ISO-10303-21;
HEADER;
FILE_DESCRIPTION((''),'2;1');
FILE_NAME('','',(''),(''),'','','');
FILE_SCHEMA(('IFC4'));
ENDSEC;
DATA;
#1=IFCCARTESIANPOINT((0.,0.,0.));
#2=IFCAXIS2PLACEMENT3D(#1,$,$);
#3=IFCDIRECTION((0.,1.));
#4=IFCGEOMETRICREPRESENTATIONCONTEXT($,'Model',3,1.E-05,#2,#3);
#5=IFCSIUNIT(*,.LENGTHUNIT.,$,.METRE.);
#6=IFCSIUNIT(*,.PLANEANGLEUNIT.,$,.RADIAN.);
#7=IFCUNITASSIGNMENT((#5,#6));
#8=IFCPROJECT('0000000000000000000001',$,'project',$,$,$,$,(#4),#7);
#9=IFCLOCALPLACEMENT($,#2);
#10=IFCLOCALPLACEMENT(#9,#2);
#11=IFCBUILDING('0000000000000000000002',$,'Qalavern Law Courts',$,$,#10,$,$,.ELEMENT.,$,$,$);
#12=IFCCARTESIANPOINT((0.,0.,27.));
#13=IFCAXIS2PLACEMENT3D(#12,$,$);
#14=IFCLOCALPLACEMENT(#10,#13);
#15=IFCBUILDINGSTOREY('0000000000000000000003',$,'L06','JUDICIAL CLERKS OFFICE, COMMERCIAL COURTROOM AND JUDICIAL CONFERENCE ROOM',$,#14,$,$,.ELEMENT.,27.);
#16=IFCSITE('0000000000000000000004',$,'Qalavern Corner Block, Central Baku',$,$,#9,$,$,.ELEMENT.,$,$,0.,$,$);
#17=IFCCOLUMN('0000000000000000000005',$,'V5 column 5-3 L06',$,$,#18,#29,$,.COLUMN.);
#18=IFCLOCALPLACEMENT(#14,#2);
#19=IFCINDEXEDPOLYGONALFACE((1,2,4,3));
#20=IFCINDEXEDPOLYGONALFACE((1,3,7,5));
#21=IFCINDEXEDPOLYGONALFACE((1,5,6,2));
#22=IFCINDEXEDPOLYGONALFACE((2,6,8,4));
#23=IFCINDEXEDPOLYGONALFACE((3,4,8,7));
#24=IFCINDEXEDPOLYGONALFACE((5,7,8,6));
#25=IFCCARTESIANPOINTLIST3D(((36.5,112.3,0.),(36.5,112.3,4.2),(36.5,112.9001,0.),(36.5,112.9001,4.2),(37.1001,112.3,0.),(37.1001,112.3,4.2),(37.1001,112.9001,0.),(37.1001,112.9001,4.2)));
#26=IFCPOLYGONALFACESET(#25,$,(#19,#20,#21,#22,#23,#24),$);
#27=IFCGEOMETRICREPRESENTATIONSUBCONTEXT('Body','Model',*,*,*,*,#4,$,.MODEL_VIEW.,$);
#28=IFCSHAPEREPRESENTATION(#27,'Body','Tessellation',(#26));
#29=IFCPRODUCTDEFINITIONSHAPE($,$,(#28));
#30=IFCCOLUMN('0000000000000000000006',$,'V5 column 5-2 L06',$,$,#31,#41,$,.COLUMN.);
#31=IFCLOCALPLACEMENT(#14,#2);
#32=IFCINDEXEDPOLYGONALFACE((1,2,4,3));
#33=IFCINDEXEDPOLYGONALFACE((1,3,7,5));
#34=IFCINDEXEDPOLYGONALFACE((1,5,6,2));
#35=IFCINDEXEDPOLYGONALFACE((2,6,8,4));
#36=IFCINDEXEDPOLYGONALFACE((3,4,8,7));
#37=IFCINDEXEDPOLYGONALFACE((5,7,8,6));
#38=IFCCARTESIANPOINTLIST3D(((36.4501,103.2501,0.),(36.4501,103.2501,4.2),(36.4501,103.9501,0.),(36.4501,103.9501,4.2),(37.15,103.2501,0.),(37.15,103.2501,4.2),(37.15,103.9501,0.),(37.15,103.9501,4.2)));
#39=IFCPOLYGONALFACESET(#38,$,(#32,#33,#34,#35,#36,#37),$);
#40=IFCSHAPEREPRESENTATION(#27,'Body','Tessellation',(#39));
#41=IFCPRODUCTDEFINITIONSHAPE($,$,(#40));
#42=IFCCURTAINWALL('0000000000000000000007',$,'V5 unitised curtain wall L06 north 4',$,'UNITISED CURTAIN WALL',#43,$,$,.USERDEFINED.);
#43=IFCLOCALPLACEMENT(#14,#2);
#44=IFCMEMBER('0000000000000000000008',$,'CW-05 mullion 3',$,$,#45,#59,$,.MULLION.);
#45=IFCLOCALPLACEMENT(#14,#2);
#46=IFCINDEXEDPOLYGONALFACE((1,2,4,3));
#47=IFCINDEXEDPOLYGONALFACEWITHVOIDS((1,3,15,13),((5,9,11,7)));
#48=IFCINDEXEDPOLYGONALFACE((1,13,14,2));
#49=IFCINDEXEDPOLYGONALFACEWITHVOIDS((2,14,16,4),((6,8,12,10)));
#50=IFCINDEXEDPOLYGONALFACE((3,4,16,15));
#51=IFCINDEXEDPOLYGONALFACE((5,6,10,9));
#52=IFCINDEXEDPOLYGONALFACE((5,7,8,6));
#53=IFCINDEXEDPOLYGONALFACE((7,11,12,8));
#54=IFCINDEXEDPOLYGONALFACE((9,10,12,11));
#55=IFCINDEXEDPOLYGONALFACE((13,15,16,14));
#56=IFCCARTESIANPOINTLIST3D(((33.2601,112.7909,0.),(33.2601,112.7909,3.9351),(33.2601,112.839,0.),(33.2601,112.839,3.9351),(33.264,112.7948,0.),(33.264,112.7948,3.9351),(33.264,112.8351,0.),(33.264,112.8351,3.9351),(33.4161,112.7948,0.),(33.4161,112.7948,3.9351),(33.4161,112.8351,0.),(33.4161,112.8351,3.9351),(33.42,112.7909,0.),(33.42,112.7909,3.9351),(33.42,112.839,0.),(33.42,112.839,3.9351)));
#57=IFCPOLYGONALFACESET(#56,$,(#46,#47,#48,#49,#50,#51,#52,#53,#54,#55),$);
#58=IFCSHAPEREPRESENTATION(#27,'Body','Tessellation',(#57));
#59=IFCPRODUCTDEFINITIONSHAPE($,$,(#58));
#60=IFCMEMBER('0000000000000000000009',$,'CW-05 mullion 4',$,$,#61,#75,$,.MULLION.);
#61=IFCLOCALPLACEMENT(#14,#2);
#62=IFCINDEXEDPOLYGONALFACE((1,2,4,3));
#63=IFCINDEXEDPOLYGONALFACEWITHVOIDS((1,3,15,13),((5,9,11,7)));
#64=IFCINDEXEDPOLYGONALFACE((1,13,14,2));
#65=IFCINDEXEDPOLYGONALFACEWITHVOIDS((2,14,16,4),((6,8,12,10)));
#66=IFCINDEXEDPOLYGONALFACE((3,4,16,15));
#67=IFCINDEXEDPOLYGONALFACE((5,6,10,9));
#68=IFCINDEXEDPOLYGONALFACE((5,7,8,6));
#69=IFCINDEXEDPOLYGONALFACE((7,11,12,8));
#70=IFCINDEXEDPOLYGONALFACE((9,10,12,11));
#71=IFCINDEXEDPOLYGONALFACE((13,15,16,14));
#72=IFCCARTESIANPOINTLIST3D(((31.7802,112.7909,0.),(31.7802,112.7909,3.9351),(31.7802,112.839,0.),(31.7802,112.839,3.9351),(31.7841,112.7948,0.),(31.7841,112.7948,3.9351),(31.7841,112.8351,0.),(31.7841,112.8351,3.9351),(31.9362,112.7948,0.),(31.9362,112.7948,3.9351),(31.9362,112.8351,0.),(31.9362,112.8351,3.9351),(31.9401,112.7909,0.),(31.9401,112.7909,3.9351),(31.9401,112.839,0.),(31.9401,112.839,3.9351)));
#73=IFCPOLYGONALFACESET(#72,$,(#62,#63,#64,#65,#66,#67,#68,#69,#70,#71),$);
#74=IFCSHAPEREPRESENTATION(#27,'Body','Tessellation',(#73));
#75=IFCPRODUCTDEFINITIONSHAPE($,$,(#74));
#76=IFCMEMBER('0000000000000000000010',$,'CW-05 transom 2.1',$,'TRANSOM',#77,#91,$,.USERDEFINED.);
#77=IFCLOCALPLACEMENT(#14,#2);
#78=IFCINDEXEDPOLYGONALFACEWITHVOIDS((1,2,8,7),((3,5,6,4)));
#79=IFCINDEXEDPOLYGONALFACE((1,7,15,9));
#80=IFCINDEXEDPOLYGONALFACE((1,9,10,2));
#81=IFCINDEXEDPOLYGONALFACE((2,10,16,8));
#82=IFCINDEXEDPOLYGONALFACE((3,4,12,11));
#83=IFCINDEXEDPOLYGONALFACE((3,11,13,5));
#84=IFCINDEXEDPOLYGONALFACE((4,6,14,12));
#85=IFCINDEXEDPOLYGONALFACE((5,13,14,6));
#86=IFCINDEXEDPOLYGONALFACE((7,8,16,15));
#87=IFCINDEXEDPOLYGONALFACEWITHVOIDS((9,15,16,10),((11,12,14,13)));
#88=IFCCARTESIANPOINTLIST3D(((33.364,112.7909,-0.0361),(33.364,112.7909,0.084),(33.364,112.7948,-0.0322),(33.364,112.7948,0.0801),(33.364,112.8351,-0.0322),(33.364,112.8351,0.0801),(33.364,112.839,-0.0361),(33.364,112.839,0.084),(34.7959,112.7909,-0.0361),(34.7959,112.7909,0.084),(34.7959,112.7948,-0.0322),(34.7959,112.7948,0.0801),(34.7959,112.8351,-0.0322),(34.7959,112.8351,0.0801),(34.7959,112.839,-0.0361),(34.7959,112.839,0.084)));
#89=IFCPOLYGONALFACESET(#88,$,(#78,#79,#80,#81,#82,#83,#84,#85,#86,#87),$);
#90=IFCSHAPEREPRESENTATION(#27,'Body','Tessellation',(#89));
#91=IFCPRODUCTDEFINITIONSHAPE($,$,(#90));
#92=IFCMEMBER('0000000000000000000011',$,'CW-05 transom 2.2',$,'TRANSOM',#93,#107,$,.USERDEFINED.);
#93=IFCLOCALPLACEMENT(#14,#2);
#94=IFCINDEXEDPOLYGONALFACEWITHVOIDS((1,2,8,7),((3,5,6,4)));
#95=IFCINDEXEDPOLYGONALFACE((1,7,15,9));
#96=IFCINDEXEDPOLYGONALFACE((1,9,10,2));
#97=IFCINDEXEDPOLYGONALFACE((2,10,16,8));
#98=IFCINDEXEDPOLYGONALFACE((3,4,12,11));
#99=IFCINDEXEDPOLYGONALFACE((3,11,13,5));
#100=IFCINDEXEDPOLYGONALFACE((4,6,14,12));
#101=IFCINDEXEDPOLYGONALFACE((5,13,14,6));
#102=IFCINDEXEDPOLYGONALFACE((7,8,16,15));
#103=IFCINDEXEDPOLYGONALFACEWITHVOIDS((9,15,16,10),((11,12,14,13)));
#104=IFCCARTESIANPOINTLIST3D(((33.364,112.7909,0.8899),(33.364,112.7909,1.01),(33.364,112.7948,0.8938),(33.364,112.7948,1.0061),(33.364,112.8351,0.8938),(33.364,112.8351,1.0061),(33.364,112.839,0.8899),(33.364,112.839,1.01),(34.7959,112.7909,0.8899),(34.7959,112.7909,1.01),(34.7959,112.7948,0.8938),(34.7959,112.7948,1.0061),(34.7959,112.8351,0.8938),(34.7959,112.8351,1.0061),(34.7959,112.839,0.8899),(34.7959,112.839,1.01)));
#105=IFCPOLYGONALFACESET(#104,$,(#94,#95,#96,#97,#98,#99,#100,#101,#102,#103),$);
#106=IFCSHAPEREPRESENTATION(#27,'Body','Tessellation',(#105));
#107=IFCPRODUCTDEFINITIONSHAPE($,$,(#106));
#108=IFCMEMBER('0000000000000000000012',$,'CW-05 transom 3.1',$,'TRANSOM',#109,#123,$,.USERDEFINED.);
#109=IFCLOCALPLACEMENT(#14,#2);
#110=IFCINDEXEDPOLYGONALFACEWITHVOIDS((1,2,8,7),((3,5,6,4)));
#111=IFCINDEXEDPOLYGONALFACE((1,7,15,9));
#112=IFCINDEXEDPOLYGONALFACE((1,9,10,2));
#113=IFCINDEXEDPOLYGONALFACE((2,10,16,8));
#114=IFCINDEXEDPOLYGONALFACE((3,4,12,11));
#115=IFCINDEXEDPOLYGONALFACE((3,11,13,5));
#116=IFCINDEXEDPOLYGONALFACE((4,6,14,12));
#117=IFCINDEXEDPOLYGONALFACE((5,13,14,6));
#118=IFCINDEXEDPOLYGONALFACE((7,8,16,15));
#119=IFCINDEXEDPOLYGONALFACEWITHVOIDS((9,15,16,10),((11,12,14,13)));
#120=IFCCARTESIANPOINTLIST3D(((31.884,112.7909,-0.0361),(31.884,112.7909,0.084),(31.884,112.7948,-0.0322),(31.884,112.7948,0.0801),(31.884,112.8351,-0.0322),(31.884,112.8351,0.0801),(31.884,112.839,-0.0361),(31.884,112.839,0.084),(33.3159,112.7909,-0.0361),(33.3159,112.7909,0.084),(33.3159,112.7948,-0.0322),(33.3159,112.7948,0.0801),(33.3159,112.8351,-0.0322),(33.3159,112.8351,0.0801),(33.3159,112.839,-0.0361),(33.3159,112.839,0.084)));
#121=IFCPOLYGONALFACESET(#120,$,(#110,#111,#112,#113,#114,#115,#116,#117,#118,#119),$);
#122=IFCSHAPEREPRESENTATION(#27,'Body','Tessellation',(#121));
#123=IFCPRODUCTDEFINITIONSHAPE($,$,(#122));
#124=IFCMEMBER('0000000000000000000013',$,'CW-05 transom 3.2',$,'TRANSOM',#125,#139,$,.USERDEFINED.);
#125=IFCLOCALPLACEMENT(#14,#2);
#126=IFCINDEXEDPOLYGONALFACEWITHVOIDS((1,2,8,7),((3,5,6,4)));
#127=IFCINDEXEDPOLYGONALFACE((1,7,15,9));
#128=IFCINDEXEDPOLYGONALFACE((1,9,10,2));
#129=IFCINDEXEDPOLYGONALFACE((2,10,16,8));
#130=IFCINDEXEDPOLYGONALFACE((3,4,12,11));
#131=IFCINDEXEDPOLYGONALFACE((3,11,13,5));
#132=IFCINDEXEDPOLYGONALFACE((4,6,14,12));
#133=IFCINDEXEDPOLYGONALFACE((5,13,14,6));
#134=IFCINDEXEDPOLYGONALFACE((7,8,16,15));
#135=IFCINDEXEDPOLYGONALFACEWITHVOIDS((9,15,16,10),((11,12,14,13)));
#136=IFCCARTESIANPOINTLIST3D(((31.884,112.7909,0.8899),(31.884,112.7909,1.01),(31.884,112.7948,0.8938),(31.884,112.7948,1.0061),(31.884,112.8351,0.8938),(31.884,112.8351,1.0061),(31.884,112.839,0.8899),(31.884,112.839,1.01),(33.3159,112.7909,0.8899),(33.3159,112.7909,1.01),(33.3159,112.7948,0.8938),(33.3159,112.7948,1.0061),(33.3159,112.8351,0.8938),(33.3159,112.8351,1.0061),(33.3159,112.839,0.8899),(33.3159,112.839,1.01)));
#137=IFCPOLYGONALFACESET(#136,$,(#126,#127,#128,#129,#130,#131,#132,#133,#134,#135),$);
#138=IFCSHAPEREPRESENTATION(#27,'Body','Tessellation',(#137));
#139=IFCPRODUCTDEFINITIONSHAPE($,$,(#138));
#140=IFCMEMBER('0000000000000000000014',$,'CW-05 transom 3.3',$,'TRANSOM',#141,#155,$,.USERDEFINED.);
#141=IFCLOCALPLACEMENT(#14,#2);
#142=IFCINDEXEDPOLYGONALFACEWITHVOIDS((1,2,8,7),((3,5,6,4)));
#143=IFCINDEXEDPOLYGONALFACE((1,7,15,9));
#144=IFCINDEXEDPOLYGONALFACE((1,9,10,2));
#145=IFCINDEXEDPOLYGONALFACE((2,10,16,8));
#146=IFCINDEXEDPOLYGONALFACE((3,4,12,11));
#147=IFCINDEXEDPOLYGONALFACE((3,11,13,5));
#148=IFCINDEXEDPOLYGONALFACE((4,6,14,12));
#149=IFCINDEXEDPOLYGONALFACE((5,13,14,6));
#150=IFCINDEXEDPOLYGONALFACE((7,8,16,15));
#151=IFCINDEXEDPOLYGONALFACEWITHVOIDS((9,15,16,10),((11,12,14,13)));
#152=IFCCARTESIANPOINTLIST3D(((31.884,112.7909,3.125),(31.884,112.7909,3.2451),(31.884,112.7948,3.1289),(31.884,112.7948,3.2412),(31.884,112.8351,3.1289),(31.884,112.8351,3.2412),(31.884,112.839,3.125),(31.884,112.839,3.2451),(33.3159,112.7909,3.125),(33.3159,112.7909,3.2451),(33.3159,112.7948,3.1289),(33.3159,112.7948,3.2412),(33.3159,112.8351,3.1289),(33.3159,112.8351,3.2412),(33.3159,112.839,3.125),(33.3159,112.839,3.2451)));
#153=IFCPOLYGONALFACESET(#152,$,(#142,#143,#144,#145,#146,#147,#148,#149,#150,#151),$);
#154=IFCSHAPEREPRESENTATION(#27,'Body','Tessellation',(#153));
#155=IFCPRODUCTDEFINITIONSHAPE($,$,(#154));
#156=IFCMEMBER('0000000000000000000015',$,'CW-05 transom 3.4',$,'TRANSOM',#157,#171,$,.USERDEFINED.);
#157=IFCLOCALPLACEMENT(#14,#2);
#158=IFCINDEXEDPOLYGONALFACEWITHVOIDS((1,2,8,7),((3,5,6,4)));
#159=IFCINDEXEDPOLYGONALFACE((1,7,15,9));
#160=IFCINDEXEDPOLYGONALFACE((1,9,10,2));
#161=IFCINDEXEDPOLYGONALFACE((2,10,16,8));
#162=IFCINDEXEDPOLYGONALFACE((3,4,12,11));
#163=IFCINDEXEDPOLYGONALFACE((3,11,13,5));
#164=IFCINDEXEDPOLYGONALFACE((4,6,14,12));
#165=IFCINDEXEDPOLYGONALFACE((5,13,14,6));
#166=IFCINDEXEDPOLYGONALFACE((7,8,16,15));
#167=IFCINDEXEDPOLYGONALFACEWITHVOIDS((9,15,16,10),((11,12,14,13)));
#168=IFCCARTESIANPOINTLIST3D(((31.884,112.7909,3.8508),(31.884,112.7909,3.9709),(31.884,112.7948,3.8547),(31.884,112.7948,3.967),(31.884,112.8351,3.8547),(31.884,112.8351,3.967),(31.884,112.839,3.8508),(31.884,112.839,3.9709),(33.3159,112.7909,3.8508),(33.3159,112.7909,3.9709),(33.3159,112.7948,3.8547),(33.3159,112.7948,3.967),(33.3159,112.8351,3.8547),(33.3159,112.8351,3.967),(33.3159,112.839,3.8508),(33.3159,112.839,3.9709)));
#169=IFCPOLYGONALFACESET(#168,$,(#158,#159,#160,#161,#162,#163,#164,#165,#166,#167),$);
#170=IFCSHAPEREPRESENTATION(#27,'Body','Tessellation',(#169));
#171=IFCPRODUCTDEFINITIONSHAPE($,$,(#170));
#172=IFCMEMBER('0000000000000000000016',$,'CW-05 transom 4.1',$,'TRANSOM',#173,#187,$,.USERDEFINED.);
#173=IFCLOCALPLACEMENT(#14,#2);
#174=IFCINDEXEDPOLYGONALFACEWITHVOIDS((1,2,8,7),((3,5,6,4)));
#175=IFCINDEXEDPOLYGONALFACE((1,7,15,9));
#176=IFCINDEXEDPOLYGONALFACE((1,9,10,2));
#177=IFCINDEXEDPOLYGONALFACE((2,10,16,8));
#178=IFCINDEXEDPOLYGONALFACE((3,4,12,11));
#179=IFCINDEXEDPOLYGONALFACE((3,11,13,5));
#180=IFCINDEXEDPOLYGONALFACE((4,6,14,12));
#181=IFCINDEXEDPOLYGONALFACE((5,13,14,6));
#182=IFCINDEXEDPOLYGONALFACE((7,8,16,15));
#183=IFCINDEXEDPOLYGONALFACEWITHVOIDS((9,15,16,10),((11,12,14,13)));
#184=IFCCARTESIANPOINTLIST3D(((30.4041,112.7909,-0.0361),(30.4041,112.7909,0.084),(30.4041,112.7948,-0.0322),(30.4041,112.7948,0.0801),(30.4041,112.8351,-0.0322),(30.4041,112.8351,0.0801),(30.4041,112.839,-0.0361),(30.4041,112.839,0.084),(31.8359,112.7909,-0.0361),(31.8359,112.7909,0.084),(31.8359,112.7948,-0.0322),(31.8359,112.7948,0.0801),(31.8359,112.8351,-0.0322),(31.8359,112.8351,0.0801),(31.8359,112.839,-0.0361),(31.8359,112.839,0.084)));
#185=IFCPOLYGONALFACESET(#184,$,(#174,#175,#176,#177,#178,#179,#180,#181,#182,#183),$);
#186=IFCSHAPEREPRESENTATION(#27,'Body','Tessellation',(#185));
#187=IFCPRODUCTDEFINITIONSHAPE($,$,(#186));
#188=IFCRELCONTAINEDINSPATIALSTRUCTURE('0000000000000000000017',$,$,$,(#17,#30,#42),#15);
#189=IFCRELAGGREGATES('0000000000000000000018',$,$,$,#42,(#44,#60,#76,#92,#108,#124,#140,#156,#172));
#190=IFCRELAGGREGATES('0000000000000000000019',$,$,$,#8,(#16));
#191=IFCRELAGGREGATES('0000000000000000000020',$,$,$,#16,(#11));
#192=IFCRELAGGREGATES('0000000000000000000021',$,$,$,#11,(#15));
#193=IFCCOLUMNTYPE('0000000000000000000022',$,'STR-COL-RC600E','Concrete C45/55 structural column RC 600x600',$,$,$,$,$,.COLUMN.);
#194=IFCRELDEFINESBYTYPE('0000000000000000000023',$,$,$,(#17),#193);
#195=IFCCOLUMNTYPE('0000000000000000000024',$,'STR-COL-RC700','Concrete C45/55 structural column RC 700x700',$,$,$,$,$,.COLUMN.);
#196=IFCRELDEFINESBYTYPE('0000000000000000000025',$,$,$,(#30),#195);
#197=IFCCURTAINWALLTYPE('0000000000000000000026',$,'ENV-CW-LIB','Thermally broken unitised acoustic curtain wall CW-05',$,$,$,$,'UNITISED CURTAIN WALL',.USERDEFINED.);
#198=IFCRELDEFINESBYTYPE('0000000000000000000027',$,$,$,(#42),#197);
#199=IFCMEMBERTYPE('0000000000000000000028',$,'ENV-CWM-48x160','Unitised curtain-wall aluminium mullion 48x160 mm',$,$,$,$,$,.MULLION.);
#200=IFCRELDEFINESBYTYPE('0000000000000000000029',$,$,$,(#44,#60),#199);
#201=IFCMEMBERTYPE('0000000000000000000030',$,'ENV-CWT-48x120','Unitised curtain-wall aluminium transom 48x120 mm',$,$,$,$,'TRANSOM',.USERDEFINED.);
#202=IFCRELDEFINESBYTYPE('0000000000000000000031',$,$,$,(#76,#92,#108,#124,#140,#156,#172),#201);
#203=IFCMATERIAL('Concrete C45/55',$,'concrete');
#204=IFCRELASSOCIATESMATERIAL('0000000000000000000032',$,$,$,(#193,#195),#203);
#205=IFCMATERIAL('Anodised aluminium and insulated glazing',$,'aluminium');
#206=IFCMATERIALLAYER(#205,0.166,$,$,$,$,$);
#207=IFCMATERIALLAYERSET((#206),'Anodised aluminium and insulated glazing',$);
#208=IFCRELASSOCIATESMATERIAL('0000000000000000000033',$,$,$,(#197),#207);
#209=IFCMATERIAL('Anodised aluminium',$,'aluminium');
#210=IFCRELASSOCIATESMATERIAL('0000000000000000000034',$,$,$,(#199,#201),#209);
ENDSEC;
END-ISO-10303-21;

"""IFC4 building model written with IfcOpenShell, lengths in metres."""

from ifc_helpers import new_model, si_unit, direction, frame, origin, origin_2d, place, context, subcontext, project, spatial, rectangle, hollow_rectangle, extrude, material, layer, layer_set, material_profile, profile_set, type_object, element, aggregate, save


model = new_model("IFC4")

# Units and contexts
model_context = context("Model", 3, precision=1e-05, world=origin(), true_north=direction((0.0, 1.0)))
body_context = subcontext(model_context, "Body", "Model", "MODEL_VIEW")
ifc_project = project(units=[si_unit("LENGTHUNIT", "METRE"), si_unit("PLANEANGLEUNIT", "RADIAN")], contexts=[model_context])

# Site, building, storey
site_placement = place(None, origin())
site = spatial("IfcSite", under=ifc_project, at=site_placement, Name="Qalavern Corner Block, Central Baku", CompositionType="ELEMENT", RefElevation=0.0)
building_placement = place(site_placement, origin())
building = spatial("IfcBuilding", under=site, at=building_placement, Name="Qalavern Law Courts", CompositionType="ELEMENT")
storey_placement = place(building_placement, frame((0.0, 0.0, 27.0)))
storey = spatial("IfcBuildingStorey", under=building, at=storey_placement, Name="L06", Description="JUDICIAL CLERKS OFFICE, COMMERCIAL COURTROOM AND JUDICIAL CONFERENCE ROOM", CompositionType="ELEMENT", Elevation=27.0)

# Columns
ifc_material_1 = material(Name="Concrete C45/55", Category="concrete")
ifc_material_profile_1 = material_profile(ifc_material_1, rectangle(XDim=0.6001, YDim=0.6001, at=origin_2d()), Name="RC 600x600")
ifc_profile_set_1 = profile_set([ifc_material_profile_1], Name="Concrete C45/55")
column_type_1 = type_object("IfcColumnType", Name="STR-COL-RC600E", Description="Concrete C45/55 structural column RC 600x600", PredefinedType="COLUMN", material=ifc_profile_set_1)
column_1_placement = place(storey_placement, frame((36.8, 112.6001, 0.0), z_axis=(0.0, 0.0, 1.0), x_axis=(1.0, 0.0, 0.0)))
element("IfcColumn", 1, at=column_1_placement, inside=storey, type_object=column_type_1, Name="V5 column 5-3 L06", PredefinedType="COLUMN", context=body_context, shape_type="SweptSolid", body=[
    extrude(rectangle(XDim=0.6001, YDim=0.6001, at=origin_2d()), origin(), (0.0, 0.0, 1.0), 4.2),
])
ifc_material_profile_2 = material_profile(ifc_material_1, rectangle(XDim=0.7, YDim=0.7, at=origin_2d()), Name="RC 700x700")
ifc_profile_set_2 = profile_set([ifc_material_profile_2], Name="Concrete C45/55")
column_type_2 = type_object("IfcColumnType", Name="STR-COL-RC700", Description="Concrete C45/55 structural column RC 700x700", PredefinedType="COLUMN", material=ifc_profile_set_2)
column_2_placement = place(storey_placement, frame((36.8, 103.6001, 0.0), z_axis=(0.0, 0.0, 1.0), x_axis=(1.0, 0.0, 0.0)))
element("IfcColumn", 2, at=column_2_placement, inside=storey, type_object=column_type_2, Name="V5 column 5-2 L06", PredefinedType="COLUMN", context=body_context, shape_type="SweptSolid", body=[
    extrude(rectangle(XDim=0.7, YDim=0.7, at=origin_2d()), origin(), (0.0, 0.0, 1.0), 4.2),
])

# Curtain wall, members
ifc_material_2 = material(Name="Anodised aluminium and insulated glazing", Category="aluminium")
ifc_layer_1 = layer(ifc_material_2, 0.166)
ifc_layer_set_1 = layer_set([ifc_layer_1], Name="Anodised aluminium and insulated glazing")
curtain_wall_type = type_object("IfcCurtainWallType", Name="ENV-CW-LIB", Description="Thermally broken unitised acoustic curtain wall CW-05", ElementType="UNITISED CURTAIN WALL", PredefinedType="USERDEFINED", material=ifc_layer_set_1)
curtain_wall_placement = place(storey_placement, origin())
curtain_wall = element("IfcCurtainWall", 3, at=curtain_wall_placement, inside=storey, type_object=curtain_wall_type, Name="V5 unitised curtain wall L06 north 4", ObjectType="UNITISED CURTAIN WALL", PredefinedType="USERDEFINED")
ifc_material_3 = material(Name="Anodised aluminium", Category="aluminium")
ifc_material_profile_3 = material_profile(ifc_material_3, hollow_rectangle(XDim=0.0481, YDim=0.1599, WallThickness=0.0039, at=origin_2d()), Name="ALU MULLION 48x160")
ifc_profile_set_3 = profile_set([ifc_material_profile_3], Name="Anodised aluminium")
member_type_1 = type_object("IfcMemberType", Name="ENV-CWM-48x160", Description="Unitised curtain-wall aluminium mullion 48x160 mm", PredefinedType="MULLION", material=ifc_profile_set_3)
member_1_placement = place(storey_placement, frame((33.3401, 112.8149, 0.0), z_axis=(0.0, 0.0, 1.0), x_axis=(0.0, -1.0, 0.0)))
member_1 = element("IfcMember", 4, at=member_1_placement, type_object=member_type_1, Name="CW-05 mullion 3", PredefinedType="MULLION", context=body_context, shape_type="SweptSolid", body=[
    extrude(hollow_rectangle(XDim=0.0481, YDim=0.1599, WallThickness=0.0039, at=origin_2d()), origin(), (0.0, 0.0, 1.0), 3.9351),
])
member_2_placement = place(storey_placement, frame((31.8601, 112.8149, 0.0), z_axis=(0.0, 0.0, 1.0), x_axis=(0.0, -1.0, 0.0)))
member_2 = element("IfcMember", 5, at=member_2_placement, type_object=member_type_1, Name="CW-05 mullion 4", PredefinedType="MULLION", context=body_context, shape_type="SweptSolid", body=[
    extrude(hollow_rectangle(XDim=0.0481, YDim=0.1599, WallThickness=0.0039, at=origin_2d()), origin(), (0.0, 0.0, 1.0), 3.9351),
])
ifc_material_profile_4 = material_profile(ifc_material_3, hollow_rectangle(XDim=0.0481, YDim=0.1201, WallThickness=0.0039, at=origin_2d()), Name="ALU TRANSOM 48x120")
ifc_profile_set_4 = profile_set([ifc_material_profile_4], Name="Anodised aluminium")
member_type_2 = type_object("IfcMemberType", Name="ENV-CWT-48x120", Description="Unitised curtain-wall aluminium transom 48x120 mm", ElementType="TRANSOM", PredefinedType="USERDEFINED", material=ifc_profile_set_4)
member_3_placement = place(storey_placement, frame((34.7959, 112.8149, 0.0239), z_axis=(-1.0, 0.0, 0.0), x_axis=(0.0, -1.0, 0.0)))
member_3 = element("IfcMember", 6, at=member_3_placement, type_object=member_type_2, Name="CW-05 transom 2.1", ObjectType="TRANSOM", PredefinedType="USERDEFINED", context=body_context, shape_type="SweptSolid", body=[
    extrude(hollow_rectangle(XDim=0.0481, YDim=0.1201, WallThickness=0.0039, at=origin_2d()), origin(), (0.0, 0.0, 1.0), 1.4319),
])
member_4_placement = place(storey_placement, frame((34.7959, 112.8149, 0.95), z_axis=(-1.0, 0.0, 0.0), x_axis=(0.0, -1.0, 0.0)))
member_4 = element("IfcMember", 7, at=member_4_placement, type_object=member_type_2, Name="CW-05 transom 2.2", ObjectType="TRANSOM", PredefinedType="USERDEFINED", context=body_context, shape_type="SweptSolid", body=[
    extrude(hollow_rectangle(XDim=0.0481, YDim=0.1201, WallThickness=0.0039, at=origin_2d()), origin(), (0.0, 0.0, 1.0), 1.4319),
])
member_5_placement = place(storey_placement, frame((33.3159, 112.8149, 0.0239), z_axis=(-1.0, 0.0, 0.0), x_axis=(0.0, -1.0, 0.0)))
member_5 = element("IfcMember", 8, at=member_5_placement, type_object=member_type_2, Name="CW-05 transom 3.1", ObjectType="TRANSOM", PredefinedType="USERDEFINED", context=body_context, shape_type="SweptSolid", body=[
    extrude(hollow_rectangle(XDim=0.0481, YDim=0.1201, WallThickness=0.0039, at=origin_2d()), origin(), (0.0, 0.0, 1.0), 1.4319),
])
member_6_placement = place(storey_placement, frame((33.3159, 112.8149, 0.95), z_axis=(-1.0, 0.0, 0.0), x_axis=(0.0, -1.0, 0.0)))
member_6 = element("IfcMember", 9, at=member_6_placement, type_object=member_type_2, Name="CW-05 transom 3.2", ObjectType="TRANSOM", PredefinedType="USERDEFINED", context=body_context, shape_type="SweptSolid", body=[
    extrude(hollow_rectangle(XDim=0.0481, YDim=0.1201, WallThickness=0.0039, at=origin_2d()), origin(), (0.0, 0.0, 1.0), 1.4319),
])
member_7_placement = place(storey_placement, frame((33.3159, 112.8149, 3.1851), z_axis=(-1.0, 0.0, 0.0), x_axis=(0.0, -1.0, 0.0)))
member_7 = element("IfcMember", 10, at=member_7_placement, type_object=member_type_2, Name="CW-05 transom 3.3", ObjectType="TRANSOM", PredefinedType="USERDEFINED", context=body_context, shape_type="SweptSolid", body=[
    extrude(hollow_rectangle(XDim=0.0481, YDim=0.1201, WallThickness=0.0039, at=origin_2d()), origin(), (0.0, 0.0, 1.0), 1.4319),
])
member_8_placement = place(storey_placement, frame((33.3159, 112.8149, 3.9109), z_axis=(-1.0, 0.0, 0.0), x_axis=(0.0, -1.0, 0.0)))
member_8 = element("IfcMember", 11, at=member_8_placement, type_object=member_type_2, Name="CW-05 transom 3.4", ObjectType="TRANSOM", PredefinedType="USERDEFINED", context=body_context, shape_type="SweptSolid", body=[
    extrude(hollow_rectangle(XDim=0.0481, YDim=0.1201, WallThickness=0.0039, at=origin_2d()), origin(), (0.0, 0.0, 1.0), 1.4319),
])
member_9_placement = place(storey_placement, frame((31.8359, 112.8149, 0.0239), z_axis=(-1.0, 0.0, 0.0), x_axis=(0.0, -1.0, 0.0)))
member_9 = element("IfcMember", 12, at=member_9_placement, type_object=member_type_2, Name="CW-05 transom 4.1", ObjectType="TRANSOM", PredefinedType="USERDEFINED", context=body_context, shape_type="SweptSolid", body=[
    extrude(hollow_rectangle(XDim=0.0481, YDim=0.1201, WallThickness=0.0039, at=origin_2d()), origin(), (0.0, 0.0, 1.0), 1.4319),
])

aggregate(curtain_wall, [member_1, member_2, member_3, member_4, member_5, member_6, member_7, member_8, member_9])

save(model, "model.ifc")
